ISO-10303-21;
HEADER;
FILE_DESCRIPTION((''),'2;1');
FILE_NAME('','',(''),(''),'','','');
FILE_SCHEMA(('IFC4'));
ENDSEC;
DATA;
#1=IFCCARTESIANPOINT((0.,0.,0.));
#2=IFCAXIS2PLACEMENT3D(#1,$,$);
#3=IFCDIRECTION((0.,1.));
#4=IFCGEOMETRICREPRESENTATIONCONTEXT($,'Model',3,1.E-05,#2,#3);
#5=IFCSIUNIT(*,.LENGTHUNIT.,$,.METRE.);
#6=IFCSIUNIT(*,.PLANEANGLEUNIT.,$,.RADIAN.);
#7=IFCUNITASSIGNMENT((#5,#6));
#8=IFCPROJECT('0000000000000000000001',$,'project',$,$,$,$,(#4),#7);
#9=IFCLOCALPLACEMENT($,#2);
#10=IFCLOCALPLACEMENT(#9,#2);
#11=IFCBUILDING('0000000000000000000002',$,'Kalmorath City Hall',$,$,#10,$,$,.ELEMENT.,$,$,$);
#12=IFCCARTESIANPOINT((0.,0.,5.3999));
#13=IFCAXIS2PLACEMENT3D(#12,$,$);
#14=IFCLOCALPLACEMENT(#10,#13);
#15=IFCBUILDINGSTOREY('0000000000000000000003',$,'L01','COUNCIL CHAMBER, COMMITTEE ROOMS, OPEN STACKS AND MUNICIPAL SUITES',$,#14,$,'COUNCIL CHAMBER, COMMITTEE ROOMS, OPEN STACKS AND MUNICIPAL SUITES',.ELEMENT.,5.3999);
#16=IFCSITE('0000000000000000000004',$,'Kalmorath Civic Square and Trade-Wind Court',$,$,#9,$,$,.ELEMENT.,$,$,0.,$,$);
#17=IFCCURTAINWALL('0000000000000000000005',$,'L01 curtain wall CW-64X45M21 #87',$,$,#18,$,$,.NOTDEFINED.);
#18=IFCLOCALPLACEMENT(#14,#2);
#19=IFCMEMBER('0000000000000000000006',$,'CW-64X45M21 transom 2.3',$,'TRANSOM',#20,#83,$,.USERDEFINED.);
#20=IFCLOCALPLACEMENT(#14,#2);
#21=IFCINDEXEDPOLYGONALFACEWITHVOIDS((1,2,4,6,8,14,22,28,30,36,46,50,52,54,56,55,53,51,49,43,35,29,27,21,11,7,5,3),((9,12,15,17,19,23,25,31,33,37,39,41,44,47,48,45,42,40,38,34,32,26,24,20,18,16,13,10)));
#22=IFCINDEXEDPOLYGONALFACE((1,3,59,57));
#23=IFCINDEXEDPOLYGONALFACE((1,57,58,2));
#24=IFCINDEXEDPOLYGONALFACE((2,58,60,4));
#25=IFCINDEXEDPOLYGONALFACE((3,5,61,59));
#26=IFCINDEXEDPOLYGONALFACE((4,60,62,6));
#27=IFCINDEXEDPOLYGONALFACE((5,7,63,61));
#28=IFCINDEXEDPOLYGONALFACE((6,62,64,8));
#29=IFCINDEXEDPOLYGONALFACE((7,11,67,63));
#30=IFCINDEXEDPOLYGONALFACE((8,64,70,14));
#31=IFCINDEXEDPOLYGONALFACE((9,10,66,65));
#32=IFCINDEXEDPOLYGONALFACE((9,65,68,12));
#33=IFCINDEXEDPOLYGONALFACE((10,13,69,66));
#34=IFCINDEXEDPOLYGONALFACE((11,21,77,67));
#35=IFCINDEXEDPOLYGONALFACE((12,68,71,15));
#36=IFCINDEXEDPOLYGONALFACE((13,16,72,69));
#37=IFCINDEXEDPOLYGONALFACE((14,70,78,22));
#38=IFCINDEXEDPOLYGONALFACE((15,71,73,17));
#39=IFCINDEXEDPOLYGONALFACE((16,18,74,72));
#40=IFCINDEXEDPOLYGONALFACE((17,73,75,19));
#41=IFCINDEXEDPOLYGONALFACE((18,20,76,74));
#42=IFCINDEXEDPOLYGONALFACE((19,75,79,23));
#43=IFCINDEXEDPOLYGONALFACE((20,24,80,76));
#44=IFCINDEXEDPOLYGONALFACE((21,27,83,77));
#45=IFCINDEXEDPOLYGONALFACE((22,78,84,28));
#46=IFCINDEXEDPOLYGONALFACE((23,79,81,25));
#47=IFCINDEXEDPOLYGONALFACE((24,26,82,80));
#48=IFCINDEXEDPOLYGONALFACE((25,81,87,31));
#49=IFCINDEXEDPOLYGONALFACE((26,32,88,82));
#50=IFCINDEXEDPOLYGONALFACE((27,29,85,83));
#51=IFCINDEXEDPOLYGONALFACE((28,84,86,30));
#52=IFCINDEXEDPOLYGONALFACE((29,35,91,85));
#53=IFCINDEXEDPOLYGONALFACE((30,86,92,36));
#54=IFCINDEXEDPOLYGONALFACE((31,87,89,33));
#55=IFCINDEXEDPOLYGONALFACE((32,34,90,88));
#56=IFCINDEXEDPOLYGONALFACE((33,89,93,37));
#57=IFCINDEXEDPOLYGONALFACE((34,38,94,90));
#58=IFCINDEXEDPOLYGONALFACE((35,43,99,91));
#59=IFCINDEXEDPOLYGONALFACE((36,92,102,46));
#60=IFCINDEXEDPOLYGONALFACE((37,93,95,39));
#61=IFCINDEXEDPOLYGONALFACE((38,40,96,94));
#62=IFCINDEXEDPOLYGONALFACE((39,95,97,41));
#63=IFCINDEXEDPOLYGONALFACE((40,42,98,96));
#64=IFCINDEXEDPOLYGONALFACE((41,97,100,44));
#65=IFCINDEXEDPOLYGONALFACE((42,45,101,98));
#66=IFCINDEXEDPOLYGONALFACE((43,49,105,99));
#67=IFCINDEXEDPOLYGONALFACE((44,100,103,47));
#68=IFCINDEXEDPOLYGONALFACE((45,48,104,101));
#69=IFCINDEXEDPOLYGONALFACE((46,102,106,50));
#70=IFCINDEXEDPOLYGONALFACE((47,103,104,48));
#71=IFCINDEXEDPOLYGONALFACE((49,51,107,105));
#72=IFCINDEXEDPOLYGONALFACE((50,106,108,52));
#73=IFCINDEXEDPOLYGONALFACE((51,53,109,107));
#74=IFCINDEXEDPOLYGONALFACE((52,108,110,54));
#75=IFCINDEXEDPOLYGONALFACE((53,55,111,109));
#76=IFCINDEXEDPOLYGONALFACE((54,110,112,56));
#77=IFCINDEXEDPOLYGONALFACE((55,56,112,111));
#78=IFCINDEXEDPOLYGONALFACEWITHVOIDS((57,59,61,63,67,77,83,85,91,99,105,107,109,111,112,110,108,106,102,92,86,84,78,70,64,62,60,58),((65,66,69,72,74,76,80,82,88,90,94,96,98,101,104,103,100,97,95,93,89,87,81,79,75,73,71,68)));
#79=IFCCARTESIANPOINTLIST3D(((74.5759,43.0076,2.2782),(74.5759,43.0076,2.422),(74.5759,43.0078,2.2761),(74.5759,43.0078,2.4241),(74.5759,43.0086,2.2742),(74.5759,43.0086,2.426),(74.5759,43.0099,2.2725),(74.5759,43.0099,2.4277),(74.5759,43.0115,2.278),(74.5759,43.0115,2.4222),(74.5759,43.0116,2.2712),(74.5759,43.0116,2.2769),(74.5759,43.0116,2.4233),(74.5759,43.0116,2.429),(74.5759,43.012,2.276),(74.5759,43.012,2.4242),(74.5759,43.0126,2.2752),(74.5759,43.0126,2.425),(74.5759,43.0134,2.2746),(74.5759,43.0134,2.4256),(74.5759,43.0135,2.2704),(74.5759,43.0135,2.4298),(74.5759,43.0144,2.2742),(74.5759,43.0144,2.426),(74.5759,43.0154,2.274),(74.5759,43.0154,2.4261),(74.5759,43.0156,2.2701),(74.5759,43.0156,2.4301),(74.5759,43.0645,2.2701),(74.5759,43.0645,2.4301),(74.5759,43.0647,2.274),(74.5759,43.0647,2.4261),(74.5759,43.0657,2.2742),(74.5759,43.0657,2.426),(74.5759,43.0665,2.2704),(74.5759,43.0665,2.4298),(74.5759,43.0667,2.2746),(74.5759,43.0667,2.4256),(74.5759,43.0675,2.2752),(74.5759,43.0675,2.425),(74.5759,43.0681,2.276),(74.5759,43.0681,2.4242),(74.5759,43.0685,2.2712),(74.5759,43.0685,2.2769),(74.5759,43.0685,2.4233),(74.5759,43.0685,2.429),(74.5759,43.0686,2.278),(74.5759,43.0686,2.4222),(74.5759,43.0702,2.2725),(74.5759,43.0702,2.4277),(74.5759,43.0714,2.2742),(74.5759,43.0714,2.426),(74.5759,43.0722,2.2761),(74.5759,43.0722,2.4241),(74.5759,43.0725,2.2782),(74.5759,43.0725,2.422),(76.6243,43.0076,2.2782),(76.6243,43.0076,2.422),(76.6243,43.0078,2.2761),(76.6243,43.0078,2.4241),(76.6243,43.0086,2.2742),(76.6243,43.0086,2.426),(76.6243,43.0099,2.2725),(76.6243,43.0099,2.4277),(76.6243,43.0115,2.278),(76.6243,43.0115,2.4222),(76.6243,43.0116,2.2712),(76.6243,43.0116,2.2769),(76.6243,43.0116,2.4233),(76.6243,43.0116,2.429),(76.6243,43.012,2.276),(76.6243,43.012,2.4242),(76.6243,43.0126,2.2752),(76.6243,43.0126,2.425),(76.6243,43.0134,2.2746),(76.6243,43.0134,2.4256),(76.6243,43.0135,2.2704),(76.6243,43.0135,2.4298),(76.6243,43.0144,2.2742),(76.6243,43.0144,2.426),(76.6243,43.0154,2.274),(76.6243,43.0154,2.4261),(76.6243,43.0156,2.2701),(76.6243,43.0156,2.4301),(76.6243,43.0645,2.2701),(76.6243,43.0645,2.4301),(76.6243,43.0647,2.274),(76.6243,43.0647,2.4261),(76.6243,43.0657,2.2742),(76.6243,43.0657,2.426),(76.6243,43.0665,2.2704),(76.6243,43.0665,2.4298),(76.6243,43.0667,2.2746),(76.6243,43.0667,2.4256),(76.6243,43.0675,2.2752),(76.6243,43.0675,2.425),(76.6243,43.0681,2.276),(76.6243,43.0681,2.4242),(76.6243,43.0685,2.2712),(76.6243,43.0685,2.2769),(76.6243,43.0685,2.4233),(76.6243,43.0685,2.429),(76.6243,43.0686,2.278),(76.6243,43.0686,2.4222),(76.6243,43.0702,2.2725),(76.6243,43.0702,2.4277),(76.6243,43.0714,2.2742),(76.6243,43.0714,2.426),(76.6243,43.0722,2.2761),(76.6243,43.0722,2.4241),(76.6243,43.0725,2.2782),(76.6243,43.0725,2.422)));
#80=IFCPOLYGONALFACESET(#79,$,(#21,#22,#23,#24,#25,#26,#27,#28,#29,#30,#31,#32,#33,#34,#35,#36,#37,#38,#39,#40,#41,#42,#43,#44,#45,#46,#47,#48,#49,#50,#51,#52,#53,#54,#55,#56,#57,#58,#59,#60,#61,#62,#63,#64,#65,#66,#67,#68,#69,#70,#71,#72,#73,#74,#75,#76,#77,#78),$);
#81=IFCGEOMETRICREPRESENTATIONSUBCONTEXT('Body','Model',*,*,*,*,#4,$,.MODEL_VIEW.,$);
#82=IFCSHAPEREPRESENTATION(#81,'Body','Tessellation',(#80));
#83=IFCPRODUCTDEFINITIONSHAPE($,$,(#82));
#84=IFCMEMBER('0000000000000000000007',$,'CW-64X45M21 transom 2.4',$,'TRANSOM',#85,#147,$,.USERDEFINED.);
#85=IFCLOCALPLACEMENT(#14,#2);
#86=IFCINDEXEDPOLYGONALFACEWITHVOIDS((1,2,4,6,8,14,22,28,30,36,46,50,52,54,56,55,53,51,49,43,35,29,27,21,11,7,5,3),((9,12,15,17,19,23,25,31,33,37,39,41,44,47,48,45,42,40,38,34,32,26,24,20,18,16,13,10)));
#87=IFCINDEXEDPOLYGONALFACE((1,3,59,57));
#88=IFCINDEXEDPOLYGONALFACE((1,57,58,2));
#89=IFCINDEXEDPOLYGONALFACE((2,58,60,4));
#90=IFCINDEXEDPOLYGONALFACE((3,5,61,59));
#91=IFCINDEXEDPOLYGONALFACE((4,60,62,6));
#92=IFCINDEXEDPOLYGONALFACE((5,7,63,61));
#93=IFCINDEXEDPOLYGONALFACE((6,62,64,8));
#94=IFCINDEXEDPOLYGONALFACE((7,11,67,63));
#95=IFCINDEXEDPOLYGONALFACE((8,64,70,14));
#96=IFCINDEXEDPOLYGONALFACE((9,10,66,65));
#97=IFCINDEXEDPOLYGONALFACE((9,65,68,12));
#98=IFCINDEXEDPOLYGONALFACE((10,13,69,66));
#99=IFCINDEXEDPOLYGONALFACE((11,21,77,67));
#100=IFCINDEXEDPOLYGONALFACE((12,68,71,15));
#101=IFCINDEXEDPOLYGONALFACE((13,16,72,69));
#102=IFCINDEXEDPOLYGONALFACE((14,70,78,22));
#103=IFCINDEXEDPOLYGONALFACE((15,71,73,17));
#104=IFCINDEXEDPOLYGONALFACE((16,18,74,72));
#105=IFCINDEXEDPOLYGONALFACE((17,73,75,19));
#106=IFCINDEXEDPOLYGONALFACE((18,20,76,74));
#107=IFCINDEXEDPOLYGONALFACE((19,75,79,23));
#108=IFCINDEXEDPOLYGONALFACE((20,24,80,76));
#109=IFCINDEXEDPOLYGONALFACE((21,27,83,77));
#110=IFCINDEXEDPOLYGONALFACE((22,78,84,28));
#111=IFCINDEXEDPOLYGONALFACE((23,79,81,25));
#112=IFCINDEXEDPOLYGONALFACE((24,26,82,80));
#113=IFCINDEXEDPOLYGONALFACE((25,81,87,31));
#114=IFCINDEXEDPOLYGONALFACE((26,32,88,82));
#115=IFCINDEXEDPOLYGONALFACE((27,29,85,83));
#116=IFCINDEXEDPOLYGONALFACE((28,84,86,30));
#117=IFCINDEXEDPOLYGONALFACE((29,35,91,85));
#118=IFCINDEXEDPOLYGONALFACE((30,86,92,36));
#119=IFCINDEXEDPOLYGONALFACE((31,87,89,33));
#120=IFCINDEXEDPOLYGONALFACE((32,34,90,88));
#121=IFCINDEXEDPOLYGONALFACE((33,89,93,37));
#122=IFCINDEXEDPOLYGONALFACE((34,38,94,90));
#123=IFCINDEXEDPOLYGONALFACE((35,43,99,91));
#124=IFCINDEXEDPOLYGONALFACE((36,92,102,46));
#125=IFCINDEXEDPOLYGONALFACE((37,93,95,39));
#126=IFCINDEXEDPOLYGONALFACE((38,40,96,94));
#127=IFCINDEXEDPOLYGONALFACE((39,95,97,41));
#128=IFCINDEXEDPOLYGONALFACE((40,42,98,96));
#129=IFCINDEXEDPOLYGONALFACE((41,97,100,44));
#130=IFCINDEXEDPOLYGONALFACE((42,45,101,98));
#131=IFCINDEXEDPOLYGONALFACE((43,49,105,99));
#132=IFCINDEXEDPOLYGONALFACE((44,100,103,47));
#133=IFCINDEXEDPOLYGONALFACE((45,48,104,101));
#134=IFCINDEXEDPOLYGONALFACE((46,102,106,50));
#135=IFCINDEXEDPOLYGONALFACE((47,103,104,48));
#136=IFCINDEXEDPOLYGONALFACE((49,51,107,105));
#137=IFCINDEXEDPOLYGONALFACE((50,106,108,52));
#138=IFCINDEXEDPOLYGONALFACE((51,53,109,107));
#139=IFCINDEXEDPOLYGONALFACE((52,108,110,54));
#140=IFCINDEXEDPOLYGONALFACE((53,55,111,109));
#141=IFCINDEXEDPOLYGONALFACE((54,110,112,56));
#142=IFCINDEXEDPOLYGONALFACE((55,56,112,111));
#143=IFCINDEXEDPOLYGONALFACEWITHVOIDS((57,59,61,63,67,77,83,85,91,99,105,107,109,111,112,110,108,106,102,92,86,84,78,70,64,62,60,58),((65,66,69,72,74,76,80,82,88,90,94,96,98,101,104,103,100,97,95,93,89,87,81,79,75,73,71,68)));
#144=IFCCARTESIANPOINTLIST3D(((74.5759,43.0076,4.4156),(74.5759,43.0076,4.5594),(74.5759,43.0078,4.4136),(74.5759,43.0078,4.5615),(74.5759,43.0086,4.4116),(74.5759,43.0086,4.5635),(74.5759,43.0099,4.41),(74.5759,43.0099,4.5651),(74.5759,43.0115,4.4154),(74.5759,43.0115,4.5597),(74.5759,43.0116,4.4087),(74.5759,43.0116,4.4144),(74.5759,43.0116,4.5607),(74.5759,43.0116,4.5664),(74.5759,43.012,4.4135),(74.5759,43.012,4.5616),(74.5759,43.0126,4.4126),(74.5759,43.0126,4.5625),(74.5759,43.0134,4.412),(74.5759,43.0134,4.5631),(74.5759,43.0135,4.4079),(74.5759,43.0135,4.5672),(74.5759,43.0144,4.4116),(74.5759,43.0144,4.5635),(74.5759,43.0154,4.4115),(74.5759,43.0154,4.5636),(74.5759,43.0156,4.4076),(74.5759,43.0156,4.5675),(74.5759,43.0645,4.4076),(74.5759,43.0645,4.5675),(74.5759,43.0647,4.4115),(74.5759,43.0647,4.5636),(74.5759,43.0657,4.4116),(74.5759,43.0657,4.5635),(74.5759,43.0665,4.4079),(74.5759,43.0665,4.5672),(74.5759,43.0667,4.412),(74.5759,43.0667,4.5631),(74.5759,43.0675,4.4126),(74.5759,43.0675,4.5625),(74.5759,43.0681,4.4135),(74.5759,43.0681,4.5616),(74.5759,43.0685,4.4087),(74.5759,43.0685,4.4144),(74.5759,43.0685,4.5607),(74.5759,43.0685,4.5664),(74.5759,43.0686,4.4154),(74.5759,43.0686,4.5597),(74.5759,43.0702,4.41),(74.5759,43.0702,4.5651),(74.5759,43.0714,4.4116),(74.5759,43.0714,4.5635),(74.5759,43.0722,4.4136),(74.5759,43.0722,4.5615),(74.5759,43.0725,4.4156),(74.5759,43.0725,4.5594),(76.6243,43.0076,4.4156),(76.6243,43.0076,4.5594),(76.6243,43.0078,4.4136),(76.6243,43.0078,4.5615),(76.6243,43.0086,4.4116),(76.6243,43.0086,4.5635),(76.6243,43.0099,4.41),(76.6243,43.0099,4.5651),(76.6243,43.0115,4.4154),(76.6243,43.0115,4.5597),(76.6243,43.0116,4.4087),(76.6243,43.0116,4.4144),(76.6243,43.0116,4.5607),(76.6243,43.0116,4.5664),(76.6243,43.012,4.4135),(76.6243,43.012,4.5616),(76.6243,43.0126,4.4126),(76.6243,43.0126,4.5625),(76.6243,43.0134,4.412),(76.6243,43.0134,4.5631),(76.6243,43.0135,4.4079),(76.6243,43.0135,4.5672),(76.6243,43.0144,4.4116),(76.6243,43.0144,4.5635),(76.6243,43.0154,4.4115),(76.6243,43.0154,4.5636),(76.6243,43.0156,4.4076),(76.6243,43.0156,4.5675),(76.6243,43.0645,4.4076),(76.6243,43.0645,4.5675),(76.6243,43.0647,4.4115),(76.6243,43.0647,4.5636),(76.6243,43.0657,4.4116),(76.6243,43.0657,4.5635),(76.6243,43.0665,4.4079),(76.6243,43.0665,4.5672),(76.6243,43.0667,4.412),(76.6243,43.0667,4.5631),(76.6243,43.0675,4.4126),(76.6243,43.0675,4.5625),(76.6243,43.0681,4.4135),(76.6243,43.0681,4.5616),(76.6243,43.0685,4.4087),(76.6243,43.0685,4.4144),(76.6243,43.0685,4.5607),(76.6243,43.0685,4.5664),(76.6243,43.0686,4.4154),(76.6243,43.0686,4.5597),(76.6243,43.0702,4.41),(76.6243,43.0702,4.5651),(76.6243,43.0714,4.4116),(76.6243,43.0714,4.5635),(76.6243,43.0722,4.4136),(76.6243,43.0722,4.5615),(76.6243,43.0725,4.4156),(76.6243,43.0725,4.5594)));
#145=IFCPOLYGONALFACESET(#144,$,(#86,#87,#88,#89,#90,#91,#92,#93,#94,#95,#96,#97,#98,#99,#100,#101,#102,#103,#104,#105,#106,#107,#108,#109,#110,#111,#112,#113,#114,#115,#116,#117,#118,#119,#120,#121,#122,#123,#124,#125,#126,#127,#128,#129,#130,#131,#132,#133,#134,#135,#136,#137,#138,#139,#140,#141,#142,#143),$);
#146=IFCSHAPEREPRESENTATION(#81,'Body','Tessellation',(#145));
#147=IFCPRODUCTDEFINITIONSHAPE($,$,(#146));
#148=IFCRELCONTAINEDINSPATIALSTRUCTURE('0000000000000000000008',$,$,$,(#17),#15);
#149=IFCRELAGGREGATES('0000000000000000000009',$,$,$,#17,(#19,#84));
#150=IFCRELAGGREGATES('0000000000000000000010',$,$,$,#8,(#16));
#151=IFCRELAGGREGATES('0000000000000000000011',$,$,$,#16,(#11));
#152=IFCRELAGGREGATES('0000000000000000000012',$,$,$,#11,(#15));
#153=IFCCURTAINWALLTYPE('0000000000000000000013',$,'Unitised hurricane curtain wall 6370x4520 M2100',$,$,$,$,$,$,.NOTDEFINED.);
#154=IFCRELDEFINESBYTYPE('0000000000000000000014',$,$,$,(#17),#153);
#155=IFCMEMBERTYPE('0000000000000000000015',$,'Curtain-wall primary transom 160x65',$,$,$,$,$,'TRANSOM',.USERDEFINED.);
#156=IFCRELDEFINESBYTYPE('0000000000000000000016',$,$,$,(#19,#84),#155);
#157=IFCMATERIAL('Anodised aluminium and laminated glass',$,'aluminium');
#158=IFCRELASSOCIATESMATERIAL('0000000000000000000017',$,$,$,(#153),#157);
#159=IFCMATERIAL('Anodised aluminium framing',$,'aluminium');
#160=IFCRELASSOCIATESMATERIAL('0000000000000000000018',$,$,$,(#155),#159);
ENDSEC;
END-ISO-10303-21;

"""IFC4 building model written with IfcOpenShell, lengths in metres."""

from ifc_helpers import new_model, si_unit, direction, frame, origin, origin_2d, place, context, subcontext, project, spatial, hollow_rectangle, extrude, material, material_profile, profile_set, type_object, element, aggregate, save


model = new_model("IFC4")

# Units and contexts
model_context = context("Model", 3, precision=1e-05, world=origin(), true_north=direction((0.0, 1.0)))
body_context = subcontext(model_context, "Body", "Model", "MODEL_VIEW")
ifc_project = project(units=[si_unit("LENGTHUNIT", "METRE"), si_unit("PLANEANGLEUNIT", "RADIAN")], contexts=[model_context])

# Site, building, storey
site_placement = place(None, origin())
site = spatial("IfcSite", under=ifc_project, at=site_placement, Name="Kalmorath Civic Square and Trade-Wind Court", CompositionType="ELEMENT", RefElevation=0.0)
building_placement = place(site_placement, origin())
building = spatial("IfcBuilding", under=site, at=building_placement, Name="Kalmorath City Hall", CompositionType="ELEMENT")
storey_placement = place(building_placement, frame((0.0, 0.0, 5.3999)))
storey = spatial("IfcBuildingStorey", under=building, at=storey_placement, Name="L01", Description="COUNCIL CHAMBER, COMMITTEE ROOMS, OPEN STACKS AND MUNICIPAL SUITES", LongName="COUNCIL CHAMBER, COMMITTEE ROOMS, OPEN STACKS AND MUNICIPAL SUITES", CompositionType="ELEMENT", Elevation=5.3999)

# Curtain wall, members
ifc_material_1 = material(Name="Anodised aluminium and laminated glass", Category="aluminium")
curtain_wall_type = type_object("IfcCurtainWallType", Name="Unitised hurricane curtain wall 6370x4520 M2100", PredefinedType="NOTDEFINED", material=ifc_material_1)
curtain_wall_placement = place(storey_placement, origin())
curtain_wall = element("IfcCurtainWall", 1, at=curtain_wall_placement, inside=storey, type_object=curtain_wall_type, Name="L01 curtain wall CW-64X45M21 #87", PredefinedType="NOTDEFINED")
ifc_material_2 = material(Name="Anodised aluminium framing", Category="aluminium")
ifc_material_profile_1 = material_profile(ifc_material_2, hollow_rectangle(XDim=0.0649, YDim=0.1599, WallThickness=0.0039, InnerFilletRadius=0.0039, OuterFilletRadius=0.0081, at=origin_2d()), Name="ALU-TRN-160X65X4")
ifc_profile_set_1 = profile_set([ifc_material_profile_1], Name="Anodised aluminium framing")
member_type_1 = type_object("IfcMemberType", Name="Curtain-wall primary transom 160x65", ElementType="TRANSOM", PredefinedType="USERDEFINED", material=ifc_profile_set_1)
member_1_placement = place(storey_placement, frame((74.5759, 43.04, 2.3501), z_axis=(1.0, 0.0, 0.0), x_axis=(0.0, 1.0, 0.0)))
member_1 = element("IfcMember", 2, at=member_1_placement, type_object=member_type_1, Name="CW-64X45M21 transom 2.3", ObjectType="TRANSOM", PredefinedType="USERDEFINED", context=body_context, shape_type="SweptSolid", body=[
    extrude(hollow_rectangle(XDim=0.0649, YDim=0.1599, WallThickness=0.0039, InnerFilletRadius=0.0039, OuterFilletRadius=0.0081, at=origin_2d()), origin(), (0.0, 0.0, 1.0), 2.0483),
])
member_2_placement = place(storey_placement, frame((74.5759, 43.04, 4.4875), z_axis=(1.0, 0.0, 0.0), x_axis=(0.0, 1.0, 0.0)))
member_2 = element("IfcMember", 3, at=member_2_placement, type_object=member_type_1, Name="CW-64X45M21 transom 2.4", ObjectType="TRANSOM", PredefinedType="USERDEFINED", context=body_context, shape_type="SweptSolid", body=[
    extrude(hollow_rectangle(XDim=0.0649, YDim=0.1599, WallThickness=0.0039, InnerFilletRadius=0.0039, OuterFilletRadius=0.0081, at=origin_2d()), origin(), (0.0, 0.0, 1.0), 2.0483),
])
aggregate(curtain_wall, [member_1, member_2])

save(model, "model.ifc")
